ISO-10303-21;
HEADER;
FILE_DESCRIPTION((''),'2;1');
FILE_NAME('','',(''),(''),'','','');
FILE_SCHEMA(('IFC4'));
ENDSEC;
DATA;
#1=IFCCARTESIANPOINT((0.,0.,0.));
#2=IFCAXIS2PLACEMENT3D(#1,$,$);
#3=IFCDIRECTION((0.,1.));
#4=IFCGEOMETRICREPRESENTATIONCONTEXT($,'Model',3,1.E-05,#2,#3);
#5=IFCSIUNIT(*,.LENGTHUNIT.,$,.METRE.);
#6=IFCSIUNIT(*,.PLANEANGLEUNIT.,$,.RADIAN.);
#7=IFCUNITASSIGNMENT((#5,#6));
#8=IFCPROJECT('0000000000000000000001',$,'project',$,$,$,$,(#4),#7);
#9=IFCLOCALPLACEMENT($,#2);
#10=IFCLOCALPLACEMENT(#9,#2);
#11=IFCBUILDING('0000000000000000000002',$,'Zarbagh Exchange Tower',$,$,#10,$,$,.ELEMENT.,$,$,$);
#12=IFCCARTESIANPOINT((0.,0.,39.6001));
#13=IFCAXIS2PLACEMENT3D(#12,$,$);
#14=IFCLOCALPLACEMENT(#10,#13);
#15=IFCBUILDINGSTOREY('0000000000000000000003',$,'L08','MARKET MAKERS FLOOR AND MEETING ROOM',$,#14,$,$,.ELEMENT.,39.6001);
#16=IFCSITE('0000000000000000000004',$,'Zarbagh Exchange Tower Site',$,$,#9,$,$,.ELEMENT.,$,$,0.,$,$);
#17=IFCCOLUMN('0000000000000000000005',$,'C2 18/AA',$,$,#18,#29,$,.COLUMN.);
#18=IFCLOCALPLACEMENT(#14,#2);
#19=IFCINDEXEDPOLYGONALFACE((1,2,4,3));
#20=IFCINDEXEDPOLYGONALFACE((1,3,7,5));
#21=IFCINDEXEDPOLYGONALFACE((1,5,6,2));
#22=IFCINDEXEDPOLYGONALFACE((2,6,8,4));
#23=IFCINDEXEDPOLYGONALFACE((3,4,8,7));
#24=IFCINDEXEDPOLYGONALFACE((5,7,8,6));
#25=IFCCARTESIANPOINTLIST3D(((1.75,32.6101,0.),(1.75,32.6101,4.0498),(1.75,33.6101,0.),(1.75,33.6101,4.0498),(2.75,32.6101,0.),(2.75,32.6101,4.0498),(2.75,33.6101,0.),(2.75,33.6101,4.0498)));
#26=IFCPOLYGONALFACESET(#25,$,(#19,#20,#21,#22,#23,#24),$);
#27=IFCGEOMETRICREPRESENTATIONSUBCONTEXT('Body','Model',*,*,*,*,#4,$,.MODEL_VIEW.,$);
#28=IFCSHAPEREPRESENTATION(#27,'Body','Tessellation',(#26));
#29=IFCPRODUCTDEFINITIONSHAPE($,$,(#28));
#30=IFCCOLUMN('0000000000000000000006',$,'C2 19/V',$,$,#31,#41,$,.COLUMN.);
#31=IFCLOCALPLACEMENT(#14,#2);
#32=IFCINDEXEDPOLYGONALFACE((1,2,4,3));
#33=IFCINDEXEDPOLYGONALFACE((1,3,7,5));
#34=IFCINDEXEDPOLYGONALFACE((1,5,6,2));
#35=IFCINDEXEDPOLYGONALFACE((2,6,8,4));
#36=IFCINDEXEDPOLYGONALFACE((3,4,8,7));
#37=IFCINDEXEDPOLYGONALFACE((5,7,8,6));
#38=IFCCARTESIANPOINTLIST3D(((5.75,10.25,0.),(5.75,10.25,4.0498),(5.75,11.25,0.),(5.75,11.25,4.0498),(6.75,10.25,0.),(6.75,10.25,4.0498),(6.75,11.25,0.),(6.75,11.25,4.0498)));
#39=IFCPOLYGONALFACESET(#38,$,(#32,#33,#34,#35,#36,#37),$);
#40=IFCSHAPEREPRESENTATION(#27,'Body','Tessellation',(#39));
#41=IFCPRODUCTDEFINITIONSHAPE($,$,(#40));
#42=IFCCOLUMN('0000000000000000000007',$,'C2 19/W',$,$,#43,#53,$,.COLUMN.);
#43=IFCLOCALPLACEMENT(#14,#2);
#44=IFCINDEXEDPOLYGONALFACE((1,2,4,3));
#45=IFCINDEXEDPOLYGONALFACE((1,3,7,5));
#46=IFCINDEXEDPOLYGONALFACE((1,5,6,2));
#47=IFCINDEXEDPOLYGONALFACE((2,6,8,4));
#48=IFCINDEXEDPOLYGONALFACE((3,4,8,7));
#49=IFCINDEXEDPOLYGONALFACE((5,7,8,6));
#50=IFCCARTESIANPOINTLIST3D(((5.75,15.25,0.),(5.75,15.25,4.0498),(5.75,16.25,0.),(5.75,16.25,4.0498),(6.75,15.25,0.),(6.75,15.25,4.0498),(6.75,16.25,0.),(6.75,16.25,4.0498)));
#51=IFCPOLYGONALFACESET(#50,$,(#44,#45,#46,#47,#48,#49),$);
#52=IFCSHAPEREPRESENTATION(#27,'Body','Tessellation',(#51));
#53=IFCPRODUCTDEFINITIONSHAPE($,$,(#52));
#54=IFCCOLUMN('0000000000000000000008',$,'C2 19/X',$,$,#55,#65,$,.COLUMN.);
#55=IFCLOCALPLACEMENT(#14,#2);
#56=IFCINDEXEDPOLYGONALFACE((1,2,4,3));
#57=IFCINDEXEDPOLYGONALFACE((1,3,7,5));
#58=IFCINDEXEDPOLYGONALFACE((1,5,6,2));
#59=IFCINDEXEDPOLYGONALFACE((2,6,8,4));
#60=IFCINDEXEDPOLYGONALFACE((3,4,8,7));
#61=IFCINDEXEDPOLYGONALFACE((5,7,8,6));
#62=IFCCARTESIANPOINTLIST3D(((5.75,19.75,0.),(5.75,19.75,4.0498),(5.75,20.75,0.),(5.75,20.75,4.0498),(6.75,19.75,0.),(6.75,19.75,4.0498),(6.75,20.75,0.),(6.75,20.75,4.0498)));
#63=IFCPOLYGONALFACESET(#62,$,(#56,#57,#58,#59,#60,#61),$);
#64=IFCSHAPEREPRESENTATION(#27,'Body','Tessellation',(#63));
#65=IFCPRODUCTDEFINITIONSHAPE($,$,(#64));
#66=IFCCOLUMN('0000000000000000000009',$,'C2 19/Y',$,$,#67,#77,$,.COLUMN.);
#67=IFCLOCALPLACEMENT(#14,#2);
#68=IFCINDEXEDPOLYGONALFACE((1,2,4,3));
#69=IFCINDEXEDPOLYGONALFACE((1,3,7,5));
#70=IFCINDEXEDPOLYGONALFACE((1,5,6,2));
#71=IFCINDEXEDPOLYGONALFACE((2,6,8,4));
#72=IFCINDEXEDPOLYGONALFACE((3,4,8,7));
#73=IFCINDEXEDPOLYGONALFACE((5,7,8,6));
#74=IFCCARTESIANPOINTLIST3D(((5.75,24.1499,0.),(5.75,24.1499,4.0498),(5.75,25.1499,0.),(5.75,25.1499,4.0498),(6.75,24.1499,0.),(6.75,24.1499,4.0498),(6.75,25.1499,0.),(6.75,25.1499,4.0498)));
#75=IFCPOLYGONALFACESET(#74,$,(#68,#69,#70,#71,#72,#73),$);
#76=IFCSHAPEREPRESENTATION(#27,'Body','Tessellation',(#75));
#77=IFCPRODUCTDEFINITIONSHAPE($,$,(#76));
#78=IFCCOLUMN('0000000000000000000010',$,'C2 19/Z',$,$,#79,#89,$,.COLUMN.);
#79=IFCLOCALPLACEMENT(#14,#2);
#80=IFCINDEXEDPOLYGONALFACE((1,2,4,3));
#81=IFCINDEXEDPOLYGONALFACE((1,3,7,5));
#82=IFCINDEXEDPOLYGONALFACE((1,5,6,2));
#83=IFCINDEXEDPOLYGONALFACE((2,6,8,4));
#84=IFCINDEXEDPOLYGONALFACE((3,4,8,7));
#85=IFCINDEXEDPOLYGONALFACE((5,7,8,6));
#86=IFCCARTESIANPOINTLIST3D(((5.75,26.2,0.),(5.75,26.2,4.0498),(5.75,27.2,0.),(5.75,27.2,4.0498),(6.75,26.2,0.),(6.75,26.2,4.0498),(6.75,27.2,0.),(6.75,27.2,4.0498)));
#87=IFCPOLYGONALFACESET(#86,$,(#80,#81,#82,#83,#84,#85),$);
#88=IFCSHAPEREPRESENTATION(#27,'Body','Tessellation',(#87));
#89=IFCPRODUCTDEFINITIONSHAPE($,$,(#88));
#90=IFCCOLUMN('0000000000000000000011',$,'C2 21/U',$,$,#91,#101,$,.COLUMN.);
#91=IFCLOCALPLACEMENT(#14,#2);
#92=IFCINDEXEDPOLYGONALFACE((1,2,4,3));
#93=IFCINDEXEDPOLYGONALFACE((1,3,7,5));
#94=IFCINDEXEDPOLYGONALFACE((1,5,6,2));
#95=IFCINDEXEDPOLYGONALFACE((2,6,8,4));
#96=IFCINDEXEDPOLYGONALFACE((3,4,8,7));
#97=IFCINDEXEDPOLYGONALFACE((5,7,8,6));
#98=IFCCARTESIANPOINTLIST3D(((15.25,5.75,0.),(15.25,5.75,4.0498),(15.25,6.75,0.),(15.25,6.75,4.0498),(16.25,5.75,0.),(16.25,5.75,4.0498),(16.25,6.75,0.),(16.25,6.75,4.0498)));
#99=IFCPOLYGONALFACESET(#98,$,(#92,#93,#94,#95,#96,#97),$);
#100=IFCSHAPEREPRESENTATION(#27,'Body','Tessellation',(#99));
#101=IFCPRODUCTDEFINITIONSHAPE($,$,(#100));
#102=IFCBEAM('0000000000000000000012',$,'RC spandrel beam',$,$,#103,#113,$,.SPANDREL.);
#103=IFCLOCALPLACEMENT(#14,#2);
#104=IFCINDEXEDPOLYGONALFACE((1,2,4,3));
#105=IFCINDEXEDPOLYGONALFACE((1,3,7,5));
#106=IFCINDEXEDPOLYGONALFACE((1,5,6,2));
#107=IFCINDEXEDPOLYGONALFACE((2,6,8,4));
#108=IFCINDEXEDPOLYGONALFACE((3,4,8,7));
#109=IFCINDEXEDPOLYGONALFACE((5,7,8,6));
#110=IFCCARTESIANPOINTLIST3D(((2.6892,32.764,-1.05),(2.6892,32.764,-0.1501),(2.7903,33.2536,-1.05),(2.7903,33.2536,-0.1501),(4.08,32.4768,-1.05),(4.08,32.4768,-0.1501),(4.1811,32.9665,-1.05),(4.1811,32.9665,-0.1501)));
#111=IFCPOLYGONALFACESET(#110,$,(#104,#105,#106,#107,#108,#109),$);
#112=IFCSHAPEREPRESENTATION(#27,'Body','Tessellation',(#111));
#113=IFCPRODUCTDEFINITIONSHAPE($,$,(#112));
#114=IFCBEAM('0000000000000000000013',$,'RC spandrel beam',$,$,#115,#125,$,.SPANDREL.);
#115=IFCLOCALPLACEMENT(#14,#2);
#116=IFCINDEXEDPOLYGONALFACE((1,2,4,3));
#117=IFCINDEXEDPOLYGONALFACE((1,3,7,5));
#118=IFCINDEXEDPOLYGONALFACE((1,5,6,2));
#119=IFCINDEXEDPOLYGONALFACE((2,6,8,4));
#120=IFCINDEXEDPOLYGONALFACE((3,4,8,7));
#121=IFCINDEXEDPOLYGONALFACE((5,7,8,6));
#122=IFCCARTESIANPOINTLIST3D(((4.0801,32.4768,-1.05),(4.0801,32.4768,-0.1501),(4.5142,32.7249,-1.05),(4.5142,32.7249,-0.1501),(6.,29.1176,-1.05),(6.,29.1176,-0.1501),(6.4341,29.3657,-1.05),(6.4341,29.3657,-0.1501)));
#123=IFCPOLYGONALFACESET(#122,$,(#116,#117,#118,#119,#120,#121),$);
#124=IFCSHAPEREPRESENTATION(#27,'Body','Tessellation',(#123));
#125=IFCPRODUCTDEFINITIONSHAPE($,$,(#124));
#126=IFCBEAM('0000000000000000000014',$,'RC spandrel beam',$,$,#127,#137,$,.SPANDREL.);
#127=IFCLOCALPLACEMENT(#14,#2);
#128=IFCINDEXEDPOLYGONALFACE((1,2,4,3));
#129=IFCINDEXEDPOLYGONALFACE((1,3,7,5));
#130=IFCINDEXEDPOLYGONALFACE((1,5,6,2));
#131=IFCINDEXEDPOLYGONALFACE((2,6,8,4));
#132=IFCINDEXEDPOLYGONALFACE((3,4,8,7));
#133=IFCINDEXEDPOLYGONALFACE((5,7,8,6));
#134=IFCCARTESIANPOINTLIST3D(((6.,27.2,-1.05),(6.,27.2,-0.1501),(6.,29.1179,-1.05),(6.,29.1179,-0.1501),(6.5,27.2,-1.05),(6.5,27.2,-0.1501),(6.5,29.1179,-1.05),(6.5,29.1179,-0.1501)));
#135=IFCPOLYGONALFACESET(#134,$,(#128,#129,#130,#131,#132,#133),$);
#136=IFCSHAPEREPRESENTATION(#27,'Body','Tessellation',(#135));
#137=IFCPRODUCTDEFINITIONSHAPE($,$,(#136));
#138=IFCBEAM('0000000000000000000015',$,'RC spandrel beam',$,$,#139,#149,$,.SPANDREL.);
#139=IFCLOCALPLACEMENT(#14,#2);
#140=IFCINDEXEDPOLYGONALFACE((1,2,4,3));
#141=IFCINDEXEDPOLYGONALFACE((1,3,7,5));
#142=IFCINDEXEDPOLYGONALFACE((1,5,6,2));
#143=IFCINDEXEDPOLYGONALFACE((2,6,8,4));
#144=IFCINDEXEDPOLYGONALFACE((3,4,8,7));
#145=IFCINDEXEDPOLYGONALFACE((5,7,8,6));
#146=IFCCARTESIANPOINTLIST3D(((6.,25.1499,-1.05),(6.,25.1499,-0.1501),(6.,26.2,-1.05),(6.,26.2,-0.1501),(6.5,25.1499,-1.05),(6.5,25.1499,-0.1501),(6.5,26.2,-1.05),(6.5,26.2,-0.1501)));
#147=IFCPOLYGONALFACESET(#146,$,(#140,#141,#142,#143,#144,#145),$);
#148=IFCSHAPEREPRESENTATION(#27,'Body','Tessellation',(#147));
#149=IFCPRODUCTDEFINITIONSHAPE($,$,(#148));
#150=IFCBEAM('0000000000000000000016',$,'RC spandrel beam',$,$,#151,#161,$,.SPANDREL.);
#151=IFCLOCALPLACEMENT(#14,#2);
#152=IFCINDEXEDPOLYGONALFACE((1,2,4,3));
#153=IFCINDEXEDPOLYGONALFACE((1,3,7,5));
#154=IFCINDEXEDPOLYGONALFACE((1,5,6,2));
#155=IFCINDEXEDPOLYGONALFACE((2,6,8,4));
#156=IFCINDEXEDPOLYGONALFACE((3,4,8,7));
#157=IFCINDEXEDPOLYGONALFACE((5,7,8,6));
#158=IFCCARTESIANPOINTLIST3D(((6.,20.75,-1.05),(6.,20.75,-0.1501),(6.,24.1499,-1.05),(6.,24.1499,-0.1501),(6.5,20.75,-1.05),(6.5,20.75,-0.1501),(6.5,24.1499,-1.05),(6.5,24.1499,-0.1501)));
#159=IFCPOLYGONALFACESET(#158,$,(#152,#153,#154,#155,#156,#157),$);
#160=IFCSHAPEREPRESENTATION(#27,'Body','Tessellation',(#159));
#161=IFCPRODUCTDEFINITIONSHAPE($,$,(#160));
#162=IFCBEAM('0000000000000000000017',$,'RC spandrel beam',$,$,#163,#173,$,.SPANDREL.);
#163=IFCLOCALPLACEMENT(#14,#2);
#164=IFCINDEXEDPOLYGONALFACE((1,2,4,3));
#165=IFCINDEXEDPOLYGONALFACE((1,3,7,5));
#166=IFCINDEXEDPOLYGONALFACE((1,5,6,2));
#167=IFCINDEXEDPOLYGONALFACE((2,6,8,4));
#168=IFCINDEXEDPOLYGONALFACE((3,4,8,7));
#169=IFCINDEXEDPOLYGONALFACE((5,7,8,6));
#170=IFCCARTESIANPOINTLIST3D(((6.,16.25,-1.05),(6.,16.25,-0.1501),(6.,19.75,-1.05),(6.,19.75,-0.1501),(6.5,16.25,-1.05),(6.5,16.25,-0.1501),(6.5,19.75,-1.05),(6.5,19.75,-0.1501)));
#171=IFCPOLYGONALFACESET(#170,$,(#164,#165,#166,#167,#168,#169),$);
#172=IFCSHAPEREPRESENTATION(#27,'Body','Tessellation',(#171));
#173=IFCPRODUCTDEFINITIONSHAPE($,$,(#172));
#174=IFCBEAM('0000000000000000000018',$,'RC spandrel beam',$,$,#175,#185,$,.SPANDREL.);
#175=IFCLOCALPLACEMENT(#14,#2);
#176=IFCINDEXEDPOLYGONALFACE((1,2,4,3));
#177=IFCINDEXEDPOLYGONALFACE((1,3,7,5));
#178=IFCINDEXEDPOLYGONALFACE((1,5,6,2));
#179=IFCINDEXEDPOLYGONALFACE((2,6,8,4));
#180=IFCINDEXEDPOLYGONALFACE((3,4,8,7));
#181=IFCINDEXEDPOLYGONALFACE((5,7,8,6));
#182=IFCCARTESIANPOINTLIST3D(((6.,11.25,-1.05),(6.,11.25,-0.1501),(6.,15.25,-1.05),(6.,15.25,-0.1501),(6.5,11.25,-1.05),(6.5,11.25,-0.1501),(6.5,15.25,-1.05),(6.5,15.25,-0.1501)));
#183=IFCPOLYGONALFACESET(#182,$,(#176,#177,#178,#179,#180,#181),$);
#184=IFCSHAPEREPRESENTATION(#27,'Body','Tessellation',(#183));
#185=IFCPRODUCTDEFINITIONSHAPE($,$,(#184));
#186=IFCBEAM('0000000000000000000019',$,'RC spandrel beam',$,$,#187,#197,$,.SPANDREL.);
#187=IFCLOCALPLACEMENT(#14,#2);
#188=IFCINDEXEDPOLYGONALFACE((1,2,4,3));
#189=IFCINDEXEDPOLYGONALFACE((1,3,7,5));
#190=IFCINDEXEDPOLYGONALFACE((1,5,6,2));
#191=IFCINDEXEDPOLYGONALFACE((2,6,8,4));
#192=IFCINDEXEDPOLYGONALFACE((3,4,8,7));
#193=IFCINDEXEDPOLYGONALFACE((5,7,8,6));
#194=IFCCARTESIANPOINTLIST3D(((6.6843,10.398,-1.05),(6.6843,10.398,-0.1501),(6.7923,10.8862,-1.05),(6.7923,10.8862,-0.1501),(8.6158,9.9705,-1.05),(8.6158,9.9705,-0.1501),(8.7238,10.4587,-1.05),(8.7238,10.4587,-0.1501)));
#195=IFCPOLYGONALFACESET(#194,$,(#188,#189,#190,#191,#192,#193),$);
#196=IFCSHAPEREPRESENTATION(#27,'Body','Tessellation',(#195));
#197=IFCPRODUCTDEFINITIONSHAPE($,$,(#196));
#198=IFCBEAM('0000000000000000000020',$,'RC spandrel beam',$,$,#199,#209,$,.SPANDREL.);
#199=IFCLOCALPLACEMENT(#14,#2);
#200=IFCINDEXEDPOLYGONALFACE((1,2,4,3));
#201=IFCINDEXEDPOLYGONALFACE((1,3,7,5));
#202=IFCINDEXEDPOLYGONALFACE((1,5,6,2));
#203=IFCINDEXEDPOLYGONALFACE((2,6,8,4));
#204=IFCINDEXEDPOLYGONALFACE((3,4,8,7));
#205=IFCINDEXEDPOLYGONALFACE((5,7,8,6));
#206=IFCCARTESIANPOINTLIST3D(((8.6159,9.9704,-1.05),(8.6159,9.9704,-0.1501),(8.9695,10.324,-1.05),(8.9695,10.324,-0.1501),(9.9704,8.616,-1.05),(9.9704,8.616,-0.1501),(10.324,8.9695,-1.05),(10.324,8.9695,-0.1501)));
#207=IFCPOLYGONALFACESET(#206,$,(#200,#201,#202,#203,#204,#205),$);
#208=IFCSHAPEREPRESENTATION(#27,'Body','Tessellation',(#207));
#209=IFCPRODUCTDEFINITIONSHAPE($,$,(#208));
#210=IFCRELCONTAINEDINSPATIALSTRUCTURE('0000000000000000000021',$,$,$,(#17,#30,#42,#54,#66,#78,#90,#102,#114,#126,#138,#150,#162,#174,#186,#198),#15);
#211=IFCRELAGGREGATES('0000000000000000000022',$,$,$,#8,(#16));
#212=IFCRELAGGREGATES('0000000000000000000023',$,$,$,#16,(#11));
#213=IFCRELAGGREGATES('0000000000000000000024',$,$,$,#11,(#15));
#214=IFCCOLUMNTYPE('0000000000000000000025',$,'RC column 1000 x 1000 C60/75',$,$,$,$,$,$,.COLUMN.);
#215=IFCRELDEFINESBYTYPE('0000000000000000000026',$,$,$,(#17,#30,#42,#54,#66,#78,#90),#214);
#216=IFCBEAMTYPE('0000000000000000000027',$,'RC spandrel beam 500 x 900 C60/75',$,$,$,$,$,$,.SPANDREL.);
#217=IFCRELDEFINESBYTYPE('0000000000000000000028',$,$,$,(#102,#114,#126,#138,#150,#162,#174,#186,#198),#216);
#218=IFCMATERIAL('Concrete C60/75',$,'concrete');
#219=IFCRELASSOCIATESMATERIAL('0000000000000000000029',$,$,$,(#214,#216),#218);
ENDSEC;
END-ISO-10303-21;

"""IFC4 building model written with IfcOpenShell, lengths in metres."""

from ifc_helpers import new_model, si_unit, direction, frame, origin, origin_2d, place, context, subcontext, project, spatial, rectangle, extrude, material, material_profile, profile_set, type_object, element, save


model = new_model("IFC4")

# Units and contexts
model_context = context("Model", 3, precision=1e-05, world=origin(), true_north=direction((0.0, 1.0)))
body_context = subcontext(model_context, "Body", "Model", "MODEL_VIEW")
ifc_project = project(units=[si_unit("LENGTHUNIT", "METRE"), si_unit("PLANEANGLEUNIT", "RADIAN")], contexts=[model_context])

# Site, building, storey
site_placement = place(None, origin())
site = spatial("IfcSite", under=ifc_project, at=site_placement, Name="Zarbagh Exchange Tower Site", CompositionType="ELEMENT", RefElevation=0.0)
building_placement = place(site_placement, origin())
building = spatial("IfcBuilding", under=site, at=building_placement, Name="Zarbagh Exchange Tower", CompositionType="ELEMENT")
storey_placement = place(building_placement, frame((0.0, 0.0, 39.6001)))
storey = spatial("IfcBuildingStorey", under=building, at=storey_placement, Name="L08", Description="MARKET MAKERS FLOOR AND MEETING ROOM", CompositionType="ELEMENT", Elevation=39.6001)

# Columns
ifc_material_1 = material(Name="Concrete C60/75", Category="concrete")
ifc_material_profile_1 = material_profile(ifc_material_1, rectangle(XDim=1.0, YDim=1.0, at=origin_2d()), Name="RC column 1000 x 1000 C60/75")
ifc_profile_set_1 = profile_set([ifc_material_profile_1], Name="Concrete C60/75")
column_type = type_object("IfcColumnType", Name="RC column 1000 x 1000 C60/75", PredefinedType="COLUMN", material=ifc_profile_set_1)
for number, where, z_axis, x_axis, name in (
    (1, (2.25, 33.1101, 0.0), (0.0, 0.0, 1.0), (1.0, 0.0, 0.0), "C2 18/AA"),
    (2, (6.25, 10.75, 0.0), (0.0, 0.0, 1.0), (1.0, 0.0, 0.0), "C2 19/V"),
    (3, (6.25, 15.75, 0.0), (0.0, 0.0, 1.0), (1.0, 0.0, 0.0), "C2 19/W"),
    (4, (6.25, 20.25, 0.0), (0.0, 0.0, 1.0), (1.0, 0.0, 0.0), "C2 19/X"),
    (5, (6.25, 24.6499, 0.0), (0.0, 0.0, 1.0), (1.0, 0.0, 0.0), "C2 19/Y"),
    (6, (6.25, 26.7, 0.0), (0.0, 0.0, 1.0), (1.0, 0.0, 0.0), "C2 19/Z"),
    (7, (15.75, 6.25, 0.0), (0.0, 0.0, 1.0), (1.0, 0.0, 0.0), "C2 21/U"),
):
    element("IfcColumn", number, at=place(storey_placement, frame(where, z_axis=z_axis, x_axis=x_axis)), inside=storey, type_object=column_type, Name=name, PredefinedType="COLUMN", context=body_context, shape_type="SweptSolid", body=[
        extrude(rectangle(XDim=1.0, YDim=1.0, at=origin_2d()), origin(), (0.0, 0.0, 1.0), 4.0498),
    ])

# Beams
ifc_material_profile_2 = material_profile(ifc_material_1, rectangle(XDim=0.5, YDim=0.8999, at=origin_2d()), Name="RC spandrel beam 500 x 900 C60/75")
ifc_profile_set_2 = profile_set([ifc_material_profile_2], Name="Concrete C60/75")
beam_type = type_object("IfcBeamType", Name="RC spandrel beam 500 x 900 C60/75", PredefinedType="SPANDREL", material=ifc_profile_set_2)
beam_1_placement = place(storey_placement, frame((2.7397, 33.0088, -0.6001), z_axis=(0.979352, -0.202162, 0.0), x_axis=(0.202162, 0.979352, 0.0)))
element("IfcBeam", 8, at=beam_1_placement, inside=storey, type_object=beam_type, Name="RC spandrel beam", PredefinedType="SPANDREL", context=body_context, shape_type="SweptSolid", body=[
    extrude(rectangle(XDim=0.5, YDim=0.8999, at=origin_2d()), origin(), (0.0, 0.0, 1.0), 1.4202),
])
beam_2_placement = place(storey_placement, frame((4.2971, 32.6008, -0.6001), z_axis=(0.49622, -0.868197, 0.0), x_axis=(0.868197, 0.49622, 0.0)))
element("IfcBeam", 9, at=beam_2_placement, inside=storey, type_object=beam_type, Name="RC spandrel beam", PredefinedType="SPANDREL", context=body_context, shape_type="SweptSolid", body=[
    extrude(rectangle(XDim=0.5, YDim=0.8999, at=origin_2d()), origin(), (0.0, 0.0, 1.0), 3.8691),
])
beam_3_placement = place(storey_placement, frame((6.25, 29.1179, -0.6001), z_axis=(0.0, -1.0, 0.0), x_axis=(1.0, 0.0, 0.0)))
element("IfcBeam", 10, at=beam_3_placement, inside=storey, type_object=beam_type, Name="RC spandrel beam", PredefinedType="SPANDREL", context=body_context, shape_type="SweptSolid", body=[
    extrude(rectangle(XDim=0.5, YDim=0.8999, at=origin_2d()), origin(), (0.0, 0.0, 1.0), 1.918),
])
beam_4_placement = place(storey_placement, frame((6.25, 26.2, -0.6001), z_axis=(0.0, -1.0, 0.0), x_axis=(1.0, 0.0, 0.0)))
element("IfcBeam", 11, at=beam_4_placement, inside=storey, type_object=beam_type, Name="RC spandrel beam", PredefinedType="SPANDREL", context=body_context, shape_type="SweptSolid", body=[
    extrude(rectangle(XDim=0.5, YDim=0.8999, at=origin_2d()), origin(), (0.0, 0.0, 1.0), 1.05),
])
beam_5_placement = place(storey_placement, frame((6.25, 24.1499, -0.6001), z_axis=(0.0, -1.0, 0.0), x_axis=(1.0, 0.0, 0.0)))
element("IfcBeam", 12, at=beam_5_placement, inside=storey, type_object=beam_type, Name="RC spandrel beam", PredefinedType="SPANDREL", context=body_context, shape_type="SweptSolid", body=[
    extrude(rectangle(XDim=0.5, YDim=0.8999, at=origin_2d()), origin(), (0.0, 0.0, 1.0), 3.3999),
])
beam_6_placement = place(storey_placement, frame((6.25, 19.75, -0.6001), z_axis=(0.0, -1.0, 0.0), x_axis=(1.0, 0.0, 0.0)))
element("IfcBeam", 13, at=beam_6_placement, inside=storey, type_object=beam_type, Name="RC spandrel beam", PredefinedType="SPANDREL", context=body_context, shape_type="SweptSolid", body=[
    extrude(rectangle(XDim=0.5, YDim=0.8999, at=origin_2d()), origin(), (0.0, 0.0, 1.0), 3.5),
])
beam_7_placement = place(storey_placement, frame((6.25, 15.25, -0.6001), z_axis=(0.0, -1.0, 0.0), x_axis=(1.0, 0.0, 0.0)))
element("IfcBeam", 14, at=beam_7_placement, inside=storey, type_object=beam_type, Name="RC spandrel beam", PredefinedType="SPANDREL", context=body_context, shape_type="SweptSolid", body=[
    extrude(rectangle(XDim=0.5, YDim=0.8999, at=origin_2d()), origin(), (0.0, 0.0, 1.0), 4.0),
])
beam_8_placement = place(storey_placement, frame((6.7383, 10.6421, -0.6001), z_axis=(0.976375, -0.216081, 0.0), x_axis=(0.216081, 0.976375, 0.0)))
element("IfcBeam", 15, at=beam_8_placement, inside=storey, type_object=beam_type, Name="RC spandrel beam", PredefinedType="SPANDREL", context=body_context, shape_type="SweptSolid", body=[
    extrude(rectangle(XDim=0.5, YDim=0.8999, at=origin_2d()), origin(), (0.0, 0.0, 1.0), 1.9783),
])
beam_9_placement = place(storey_placement, frame((8.7927, 10.1472, -0.6001), z_axis=(0.707107, -0.707107, 0.0), x_axis=(0.707107, 0.707107, 0.0)))
element("IfcBeam", 16, at=beam_9_placement, inside=storey, type_object=beam_type, Name="RC spandrel beam", PredefinedType="SPANDREL", context=body_context, shape_type="SweptSolid", body=[
    extrude(rectangle(XDim=0.5, YDim=0.8999, at=origin_2d()), origin(), (0.0, 0.0, 1.0), 1.9155),
])

save(model, "model.ifc")
